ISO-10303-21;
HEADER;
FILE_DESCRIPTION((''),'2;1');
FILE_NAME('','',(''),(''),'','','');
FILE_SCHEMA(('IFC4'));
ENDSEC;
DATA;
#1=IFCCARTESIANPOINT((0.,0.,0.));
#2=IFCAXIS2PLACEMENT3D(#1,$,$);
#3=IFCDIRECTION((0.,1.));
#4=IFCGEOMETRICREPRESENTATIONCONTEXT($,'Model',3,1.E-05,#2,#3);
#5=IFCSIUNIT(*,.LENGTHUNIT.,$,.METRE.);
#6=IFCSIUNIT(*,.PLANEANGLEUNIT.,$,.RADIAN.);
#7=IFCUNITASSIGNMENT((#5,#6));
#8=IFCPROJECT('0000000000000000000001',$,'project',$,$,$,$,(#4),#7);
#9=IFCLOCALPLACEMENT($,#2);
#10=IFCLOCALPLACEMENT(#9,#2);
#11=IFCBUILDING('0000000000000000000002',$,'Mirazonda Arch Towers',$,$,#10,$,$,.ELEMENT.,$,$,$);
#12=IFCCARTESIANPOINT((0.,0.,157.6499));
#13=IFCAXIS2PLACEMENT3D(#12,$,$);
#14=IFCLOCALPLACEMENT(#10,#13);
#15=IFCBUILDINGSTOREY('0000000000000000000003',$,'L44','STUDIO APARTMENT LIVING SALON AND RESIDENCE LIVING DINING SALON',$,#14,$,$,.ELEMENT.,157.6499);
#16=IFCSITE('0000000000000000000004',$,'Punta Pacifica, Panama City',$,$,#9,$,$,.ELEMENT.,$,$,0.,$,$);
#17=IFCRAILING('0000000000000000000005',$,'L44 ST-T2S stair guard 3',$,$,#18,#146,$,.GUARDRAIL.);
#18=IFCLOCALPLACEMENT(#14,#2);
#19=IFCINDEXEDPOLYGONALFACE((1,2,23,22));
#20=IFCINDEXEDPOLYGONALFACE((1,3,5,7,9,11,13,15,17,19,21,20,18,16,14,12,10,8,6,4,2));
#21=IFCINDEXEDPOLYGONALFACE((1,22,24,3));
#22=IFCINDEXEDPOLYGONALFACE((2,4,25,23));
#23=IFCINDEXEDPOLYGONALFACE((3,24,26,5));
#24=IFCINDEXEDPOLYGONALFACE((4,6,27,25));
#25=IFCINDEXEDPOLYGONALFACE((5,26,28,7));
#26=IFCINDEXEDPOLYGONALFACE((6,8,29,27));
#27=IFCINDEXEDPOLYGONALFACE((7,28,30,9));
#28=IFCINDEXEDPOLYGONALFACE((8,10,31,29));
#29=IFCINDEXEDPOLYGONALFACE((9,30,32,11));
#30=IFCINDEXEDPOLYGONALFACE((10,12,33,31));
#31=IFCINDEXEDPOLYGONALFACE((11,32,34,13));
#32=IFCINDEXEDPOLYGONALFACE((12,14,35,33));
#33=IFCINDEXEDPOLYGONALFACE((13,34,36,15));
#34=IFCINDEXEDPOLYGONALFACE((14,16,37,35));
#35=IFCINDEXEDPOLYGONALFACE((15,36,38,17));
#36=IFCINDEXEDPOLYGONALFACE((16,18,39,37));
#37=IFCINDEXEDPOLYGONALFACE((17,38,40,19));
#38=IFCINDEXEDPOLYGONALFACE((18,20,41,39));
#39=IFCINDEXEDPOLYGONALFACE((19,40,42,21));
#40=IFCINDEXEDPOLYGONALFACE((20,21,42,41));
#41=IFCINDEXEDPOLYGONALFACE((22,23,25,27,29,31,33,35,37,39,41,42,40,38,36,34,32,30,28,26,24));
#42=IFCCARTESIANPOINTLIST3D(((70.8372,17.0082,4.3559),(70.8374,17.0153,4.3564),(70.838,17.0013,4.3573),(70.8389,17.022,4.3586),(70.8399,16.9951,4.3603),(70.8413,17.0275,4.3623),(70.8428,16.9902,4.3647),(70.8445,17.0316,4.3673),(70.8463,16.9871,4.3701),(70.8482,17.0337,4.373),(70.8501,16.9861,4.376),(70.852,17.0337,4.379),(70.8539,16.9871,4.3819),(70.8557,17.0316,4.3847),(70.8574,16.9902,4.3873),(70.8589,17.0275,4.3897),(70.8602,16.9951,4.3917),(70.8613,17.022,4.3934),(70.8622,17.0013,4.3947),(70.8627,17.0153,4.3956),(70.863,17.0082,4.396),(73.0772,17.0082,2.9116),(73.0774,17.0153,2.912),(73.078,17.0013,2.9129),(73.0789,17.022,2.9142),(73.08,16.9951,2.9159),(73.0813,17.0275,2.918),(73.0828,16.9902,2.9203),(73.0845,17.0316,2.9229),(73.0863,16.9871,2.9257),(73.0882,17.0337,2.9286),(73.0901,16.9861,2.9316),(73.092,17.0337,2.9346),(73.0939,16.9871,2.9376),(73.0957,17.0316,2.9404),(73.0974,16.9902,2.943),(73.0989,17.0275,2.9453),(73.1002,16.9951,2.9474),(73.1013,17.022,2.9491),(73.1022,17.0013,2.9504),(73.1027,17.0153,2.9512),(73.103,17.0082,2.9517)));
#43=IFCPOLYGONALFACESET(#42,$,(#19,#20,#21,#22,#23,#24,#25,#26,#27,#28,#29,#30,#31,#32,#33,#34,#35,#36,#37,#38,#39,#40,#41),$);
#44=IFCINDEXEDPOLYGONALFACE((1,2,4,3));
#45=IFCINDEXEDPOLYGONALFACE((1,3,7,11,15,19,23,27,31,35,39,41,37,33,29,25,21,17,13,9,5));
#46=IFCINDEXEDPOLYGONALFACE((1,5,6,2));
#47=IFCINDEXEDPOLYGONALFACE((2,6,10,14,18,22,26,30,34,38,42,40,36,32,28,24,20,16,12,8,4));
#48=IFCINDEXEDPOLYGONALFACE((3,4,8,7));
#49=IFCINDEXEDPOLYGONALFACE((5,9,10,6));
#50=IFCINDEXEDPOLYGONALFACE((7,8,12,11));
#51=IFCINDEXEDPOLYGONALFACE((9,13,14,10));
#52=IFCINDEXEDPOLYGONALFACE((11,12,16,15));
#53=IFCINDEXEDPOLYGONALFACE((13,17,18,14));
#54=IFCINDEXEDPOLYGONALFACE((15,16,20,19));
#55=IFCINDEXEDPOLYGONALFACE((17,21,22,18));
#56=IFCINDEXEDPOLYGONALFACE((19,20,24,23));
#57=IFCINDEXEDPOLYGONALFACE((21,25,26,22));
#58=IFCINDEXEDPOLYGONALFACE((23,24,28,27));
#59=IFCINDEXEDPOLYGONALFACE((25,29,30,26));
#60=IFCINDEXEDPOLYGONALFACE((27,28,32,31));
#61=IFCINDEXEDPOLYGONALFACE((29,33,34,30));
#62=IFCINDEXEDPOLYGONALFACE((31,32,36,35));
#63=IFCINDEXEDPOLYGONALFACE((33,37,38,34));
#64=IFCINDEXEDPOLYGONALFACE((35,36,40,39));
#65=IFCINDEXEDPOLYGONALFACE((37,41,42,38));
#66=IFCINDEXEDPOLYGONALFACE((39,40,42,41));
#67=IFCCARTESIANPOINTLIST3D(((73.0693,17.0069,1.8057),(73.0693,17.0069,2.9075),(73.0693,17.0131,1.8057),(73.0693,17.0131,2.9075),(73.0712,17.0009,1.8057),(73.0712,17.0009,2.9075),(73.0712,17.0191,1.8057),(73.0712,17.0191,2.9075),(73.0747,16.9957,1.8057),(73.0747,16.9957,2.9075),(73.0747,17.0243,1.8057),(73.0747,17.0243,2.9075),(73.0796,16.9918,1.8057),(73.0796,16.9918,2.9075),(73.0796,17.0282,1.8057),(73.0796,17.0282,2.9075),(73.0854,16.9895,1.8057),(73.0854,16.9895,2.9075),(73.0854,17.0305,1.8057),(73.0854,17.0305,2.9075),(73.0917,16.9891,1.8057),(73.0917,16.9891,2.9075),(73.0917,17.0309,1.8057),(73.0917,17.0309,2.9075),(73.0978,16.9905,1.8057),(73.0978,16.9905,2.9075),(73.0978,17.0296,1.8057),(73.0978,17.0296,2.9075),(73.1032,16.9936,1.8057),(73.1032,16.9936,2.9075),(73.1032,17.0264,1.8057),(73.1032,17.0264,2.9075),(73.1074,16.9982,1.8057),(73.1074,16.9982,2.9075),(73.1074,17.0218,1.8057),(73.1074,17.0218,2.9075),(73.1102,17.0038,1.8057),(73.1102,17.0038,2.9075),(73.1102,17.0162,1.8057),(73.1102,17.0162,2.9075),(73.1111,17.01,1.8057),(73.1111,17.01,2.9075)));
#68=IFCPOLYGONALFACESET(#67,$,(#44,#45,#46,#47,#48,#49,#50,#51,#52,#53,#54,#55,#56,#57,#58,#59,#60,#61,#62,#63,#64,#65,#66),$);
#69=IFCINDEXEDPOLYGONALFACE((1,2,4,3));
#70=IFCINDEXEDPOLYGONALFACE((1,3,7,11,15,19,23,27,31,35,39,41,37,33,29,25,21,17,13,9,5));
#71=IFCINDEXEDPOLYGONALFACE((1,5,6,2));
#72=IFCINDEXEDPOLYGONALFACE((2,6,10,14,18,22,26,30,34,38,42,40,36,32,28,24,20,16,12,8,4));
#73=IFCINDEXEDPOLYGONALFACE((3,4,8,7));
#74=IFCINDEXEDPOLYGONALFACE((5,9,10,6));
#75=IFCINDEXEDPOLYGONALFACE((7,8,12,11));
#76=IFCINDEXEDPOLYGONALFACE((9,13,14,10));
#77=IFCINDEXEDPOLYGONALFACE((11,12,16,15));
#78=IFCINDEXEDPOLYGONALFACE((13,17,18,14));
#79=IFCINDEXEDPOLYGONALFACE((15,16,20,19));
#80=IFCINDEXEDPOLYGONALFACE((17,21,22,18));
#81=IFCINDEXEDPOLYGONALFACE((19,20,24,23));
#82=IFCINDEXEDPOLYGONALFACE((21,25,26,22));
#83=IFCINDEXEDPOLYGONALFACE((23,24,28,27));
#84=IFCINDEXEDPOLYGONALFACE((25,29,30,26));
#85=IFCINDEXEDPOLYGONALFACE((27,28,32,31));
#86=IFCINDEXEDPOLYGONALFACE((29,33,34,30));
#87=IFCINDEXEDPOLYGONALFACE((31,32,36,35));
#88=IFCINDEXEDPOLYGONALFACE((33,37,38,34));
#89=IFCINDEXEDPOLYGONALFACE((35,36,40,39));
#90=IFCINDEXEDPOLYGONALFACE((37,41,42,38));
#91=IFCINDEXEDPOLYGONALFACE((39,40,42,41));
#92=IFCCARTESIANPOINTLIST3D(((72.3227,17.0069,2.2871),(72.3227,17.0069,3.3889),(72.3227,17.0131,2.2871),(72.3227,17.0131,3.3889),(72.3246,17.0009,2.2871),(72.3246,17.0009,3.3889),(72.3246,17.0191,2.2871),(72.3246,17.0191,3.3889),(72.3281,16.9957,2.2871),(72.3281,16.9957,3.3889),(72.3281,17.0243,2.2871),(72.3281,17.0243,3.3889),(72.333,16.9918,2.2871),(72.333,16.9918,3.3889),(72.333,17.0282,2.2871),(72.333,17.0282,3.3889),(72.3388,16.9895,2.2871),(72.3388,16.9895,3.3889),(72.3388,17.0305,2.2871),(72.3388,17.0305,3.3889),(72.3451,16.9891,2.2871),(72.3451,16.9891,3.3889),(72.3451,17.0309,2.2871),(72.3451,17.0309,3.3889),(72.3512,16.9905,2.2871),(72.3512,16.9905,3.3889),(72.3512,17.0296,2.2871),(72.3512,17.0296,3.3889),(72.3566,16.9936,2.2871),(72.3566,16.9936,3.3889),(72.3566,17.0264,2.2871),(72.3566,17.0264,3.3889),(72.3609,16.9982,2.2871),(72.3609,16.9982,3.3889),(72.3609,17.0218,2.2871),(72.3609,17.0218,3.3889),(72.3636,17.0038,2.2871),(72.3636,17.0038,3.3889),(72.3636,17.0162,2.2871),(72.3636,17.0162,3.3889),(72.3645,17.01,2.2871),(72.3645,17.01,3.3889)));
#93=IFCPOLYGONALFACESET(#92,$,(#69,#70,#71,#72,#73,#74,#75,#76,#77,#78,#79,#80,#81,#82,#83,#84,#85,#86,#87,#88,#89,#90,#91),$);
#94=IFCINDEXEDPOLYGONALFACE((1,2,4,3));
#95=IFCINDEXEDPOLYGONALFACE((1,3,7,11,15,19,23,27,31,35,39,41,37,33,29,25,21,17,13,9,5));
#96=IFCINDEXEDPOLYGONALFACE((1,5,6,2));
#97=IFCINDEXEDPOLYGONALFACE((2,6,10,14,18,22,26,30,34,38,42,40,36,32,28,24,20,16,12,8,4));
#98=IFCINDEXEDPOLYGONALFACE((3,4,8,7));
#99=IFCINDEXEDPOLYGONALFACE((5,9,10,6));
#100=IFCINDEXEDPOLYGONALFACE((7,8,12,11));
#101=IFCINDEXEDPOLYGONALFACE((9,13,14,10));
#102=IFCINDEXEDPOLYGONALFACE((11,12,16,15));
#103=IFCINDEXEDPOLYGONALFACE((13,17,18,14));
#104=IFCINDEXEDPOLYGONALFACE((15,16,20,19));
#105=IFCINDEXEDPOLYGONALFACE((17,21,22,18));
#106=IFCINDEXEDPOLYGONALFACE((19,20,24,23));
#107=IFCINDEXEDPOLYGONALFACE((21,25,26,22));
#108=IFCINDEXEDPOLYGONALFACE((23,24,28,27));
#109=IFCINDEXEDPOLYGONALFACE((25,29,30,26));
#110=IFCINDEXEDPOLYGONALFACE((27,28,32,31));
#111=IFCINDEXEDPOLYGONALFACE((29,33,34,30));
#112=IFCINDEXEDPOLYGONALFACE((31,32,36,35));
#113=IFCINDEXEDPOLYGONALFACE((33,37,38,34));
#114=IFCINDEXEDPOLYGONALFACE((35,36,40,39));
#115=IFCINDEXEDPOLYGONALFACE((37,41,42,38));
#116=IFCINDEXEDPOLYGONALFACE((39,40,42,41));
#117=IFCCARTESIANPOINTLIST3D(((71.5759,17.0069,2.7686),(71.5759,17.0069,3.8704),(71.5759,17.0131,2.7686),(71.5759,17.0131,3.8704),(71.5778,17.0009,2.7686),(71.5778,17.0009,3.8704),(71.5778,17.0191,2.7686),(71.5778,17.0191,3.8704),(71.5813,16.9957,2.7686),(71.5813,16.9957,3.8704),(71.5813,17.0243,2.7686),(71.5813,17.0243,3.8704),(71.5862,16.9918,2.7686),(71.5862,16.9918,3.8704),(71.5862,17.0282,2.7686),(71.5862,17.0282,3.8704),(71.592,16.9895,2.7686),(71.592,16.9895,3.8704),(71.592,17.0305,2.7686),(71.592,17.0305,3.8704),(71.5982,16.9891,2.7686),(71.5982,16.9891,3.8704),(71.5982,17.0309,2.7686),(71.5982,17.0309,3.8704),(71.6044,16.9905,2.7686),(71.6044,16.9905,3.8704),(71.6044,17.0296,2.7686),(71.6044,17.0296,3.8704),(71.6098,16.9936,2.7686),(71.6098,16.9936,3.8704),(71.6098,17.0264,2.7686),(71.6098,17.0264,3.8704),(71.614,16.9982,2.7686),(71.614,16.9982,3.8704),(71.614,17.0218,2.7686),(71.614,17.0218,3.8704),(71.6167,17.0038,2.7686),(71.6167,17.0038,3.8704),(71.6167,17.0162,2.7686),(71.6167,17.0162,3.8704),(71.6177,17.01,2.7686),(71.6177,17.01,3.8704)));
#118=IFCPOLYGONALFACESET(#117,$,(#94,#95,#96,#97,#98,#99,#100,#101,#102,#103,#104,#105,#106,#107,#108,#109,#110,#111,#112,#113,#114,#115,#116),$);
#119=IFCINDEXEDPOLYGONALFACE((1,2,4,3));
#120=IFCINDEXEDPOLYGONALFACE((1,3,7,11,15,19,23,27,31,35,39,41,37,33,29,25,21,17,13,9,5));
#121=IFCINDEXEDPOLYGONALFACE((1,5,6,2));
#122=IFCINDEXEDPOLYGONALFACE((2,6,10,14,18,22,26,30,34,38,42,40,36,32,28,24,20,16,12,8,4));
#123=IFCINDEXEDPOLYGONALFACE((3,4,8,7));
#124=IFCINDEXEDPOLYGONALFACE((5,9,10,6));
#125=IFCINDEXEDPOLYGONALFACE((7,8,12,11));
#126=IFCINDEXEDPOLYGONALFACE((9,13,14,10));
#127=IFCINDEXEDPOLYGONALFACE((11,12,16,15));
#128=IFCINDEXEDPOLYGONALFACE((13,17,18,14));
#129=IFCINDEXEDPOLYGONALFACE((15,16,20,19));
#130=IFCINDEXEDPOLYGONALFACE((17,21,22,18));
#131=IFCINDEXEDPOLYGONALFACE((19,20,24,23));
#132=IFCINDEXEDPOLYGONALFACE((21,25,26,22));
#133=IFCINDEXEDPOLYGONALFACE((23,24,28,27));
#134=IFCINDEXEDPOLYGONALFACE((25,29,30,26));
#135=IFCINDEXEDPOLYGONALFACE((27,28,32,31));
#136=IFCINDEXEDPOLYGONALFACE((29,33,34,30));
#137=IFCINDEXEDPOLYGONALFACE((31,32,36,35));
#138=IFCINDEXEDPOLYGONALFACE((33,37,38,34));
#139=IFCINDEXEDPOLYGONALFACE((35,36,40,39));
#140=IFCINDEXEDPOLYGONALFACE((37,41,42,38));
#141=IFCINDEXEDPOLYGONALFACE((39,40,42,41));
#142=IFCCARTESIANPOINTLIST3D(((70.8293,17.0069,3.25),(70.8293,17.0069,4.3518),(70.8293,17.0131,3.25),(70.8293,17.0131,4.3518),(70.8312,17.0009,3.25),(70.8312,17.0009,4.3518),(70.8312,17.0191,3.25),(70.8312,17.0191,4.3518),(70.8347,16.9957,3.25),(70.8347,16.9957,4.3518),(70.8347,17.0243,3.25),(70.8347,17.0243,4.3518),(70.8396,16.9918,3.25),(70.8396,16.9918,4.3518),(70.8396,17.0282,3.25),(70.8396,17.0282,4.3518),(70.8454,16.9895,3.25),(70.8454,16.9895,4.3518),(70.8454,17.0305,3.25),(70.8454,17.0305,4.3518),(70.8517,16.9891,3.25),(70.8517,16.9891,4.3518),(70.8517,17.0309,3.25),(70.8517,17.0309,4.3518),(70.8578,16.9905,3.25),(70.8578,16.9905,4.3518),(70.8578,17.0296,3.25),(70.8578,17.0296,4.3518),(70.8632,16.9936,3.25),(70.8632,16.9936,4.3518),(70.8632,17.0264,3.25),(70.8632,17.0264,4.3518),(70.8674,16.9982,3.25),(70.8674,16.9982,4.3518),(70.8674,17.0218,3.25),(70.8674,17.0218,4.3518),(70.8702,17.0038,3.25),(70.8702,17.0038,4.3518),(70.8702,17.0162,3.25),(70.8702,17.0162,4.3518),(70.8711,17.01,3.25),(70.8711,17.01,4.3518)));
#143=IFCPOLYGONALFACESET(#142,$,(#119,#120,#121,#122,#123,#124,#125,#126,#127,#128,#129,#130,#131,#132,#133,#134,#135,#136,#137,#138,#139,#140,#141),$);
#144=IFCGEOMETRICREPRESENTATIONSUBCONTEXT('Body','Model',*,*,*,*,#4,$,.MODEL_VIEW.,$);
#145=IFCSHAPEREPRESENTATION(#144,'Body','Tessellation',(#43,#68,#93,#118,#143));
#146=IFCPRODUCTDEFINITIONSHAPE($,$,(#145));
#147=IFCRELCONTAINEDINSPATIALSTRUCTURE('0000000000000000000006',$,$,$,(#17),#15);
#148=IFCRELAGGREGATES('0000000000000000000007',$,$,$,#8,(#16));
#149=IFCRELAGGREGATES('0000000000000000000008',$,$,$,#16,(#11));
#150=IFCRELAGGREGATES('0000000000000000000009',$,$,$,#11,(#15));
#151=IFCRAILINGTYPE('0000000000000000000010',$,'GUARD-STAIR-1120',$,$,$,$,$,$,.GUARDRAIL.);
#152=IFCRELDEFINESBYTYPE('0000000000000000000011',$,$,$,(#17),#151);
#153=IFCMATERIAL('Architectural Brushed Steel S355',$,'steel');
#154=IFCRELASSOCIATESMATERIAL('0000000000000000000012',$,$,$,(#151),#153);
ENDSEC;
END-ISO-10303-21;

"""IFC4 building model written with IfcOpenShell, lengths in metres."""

from ifc_helpers import new_model, si_unit, direction, frame, origin, origin_2d, place, context, subcontext, project, spatial, circle, extrude, material, type_object, element, save


model = new_model("IFC4")

# Units and contexts
model_context = context("Model", 3, precision=1e-05, world=origin(), true_north=direction((0.0, 1.0)))
body_context = subcontext(model_context, "Body", "Model", "MODEL_VIEW")
ifc_project = project(units=[si_unit("LENGTHUNIT", "METRE"), si_unit("PLANEANGLEUNIT", "RADIAN")], contexts=[model_context])

# Site, building, storey
site_placement = place(None, origin())
site = spatial("IfcSite", under=ifc_project, at=site_placement, Name="Punta Pacifica, Panama City", CompositionType="ELEMENT", RefElevation=0.0)
building_placement = place(site_placement, origin())
building = spatial("IfcBuilding", under=site, at=building_placement, Name="Mirazonda Arch Towers", CompositionType="ELEMENT")
storey_placement = place(building_placement, frame((0.0, 0.0, 157.6499)))
storey = spatial("IfcBuildingStorey", under=building, at=storey_placement, Name="L44", Description="STUDIO APARTMENT LIVING SALON AND RESIDENCE LIVING DINING SALON", CompositionType="ELEMENT", Elevation=157.6499)

# Railing
ifc_material_1 = material(Name="Architectural Brushed Steel S355", Category="steel")
railing_type_1 = type_object("IfcRailingType", Name="GUARD-STAIR-1120", PredefinedType="GUARDRAIL", material=ifc_material_1)
railing_1_placement = place(storey_placement, frame((73.0901, 17.01, 1.8057)))
element("IfcRailing", 1, at=railing_1_placement, inside=storey, type_object=railing_type_1, Name="L44 ST-T2S stair guard 3", PredefinedType="GUARDRAIL", context=body_context, shape_type="SweptSolid", body=[
    extrude(circle(Radius=0.0239, at=origin_2d()), frame((0.0, 0.0, 1.126), z_axis=(-0.840437, 0.0, 0.54191), x_axis=(0.0, -1.0, 0.0)), (0.0, 0.0, 1.0), 2.6653),
    extrude(circle(Radius=0.021, at=origin_2d()), origin(), (0.0, 0.0, 1.0), 1.1018),
    extrude(circle(Radius=0.021, at=origin_2d()), frame((-0.7466, 0.0, 0.4814)), (0.0, 0.0, 1.0), 1.1018),
    extrude(circle(Radius=0.021, at=origin_2d()), frame((-1.4934, 0.0, 0.9629)), (0.0, 0.0, 1.0), 1.1018),
    extrude(circle(Radius=0.021, at=origin_2d()), frame((-2.24, 0.0, 1.4443)), (0.0, 0.0, 1.0), 1.1018),
])

save(model, "model.ifc")
